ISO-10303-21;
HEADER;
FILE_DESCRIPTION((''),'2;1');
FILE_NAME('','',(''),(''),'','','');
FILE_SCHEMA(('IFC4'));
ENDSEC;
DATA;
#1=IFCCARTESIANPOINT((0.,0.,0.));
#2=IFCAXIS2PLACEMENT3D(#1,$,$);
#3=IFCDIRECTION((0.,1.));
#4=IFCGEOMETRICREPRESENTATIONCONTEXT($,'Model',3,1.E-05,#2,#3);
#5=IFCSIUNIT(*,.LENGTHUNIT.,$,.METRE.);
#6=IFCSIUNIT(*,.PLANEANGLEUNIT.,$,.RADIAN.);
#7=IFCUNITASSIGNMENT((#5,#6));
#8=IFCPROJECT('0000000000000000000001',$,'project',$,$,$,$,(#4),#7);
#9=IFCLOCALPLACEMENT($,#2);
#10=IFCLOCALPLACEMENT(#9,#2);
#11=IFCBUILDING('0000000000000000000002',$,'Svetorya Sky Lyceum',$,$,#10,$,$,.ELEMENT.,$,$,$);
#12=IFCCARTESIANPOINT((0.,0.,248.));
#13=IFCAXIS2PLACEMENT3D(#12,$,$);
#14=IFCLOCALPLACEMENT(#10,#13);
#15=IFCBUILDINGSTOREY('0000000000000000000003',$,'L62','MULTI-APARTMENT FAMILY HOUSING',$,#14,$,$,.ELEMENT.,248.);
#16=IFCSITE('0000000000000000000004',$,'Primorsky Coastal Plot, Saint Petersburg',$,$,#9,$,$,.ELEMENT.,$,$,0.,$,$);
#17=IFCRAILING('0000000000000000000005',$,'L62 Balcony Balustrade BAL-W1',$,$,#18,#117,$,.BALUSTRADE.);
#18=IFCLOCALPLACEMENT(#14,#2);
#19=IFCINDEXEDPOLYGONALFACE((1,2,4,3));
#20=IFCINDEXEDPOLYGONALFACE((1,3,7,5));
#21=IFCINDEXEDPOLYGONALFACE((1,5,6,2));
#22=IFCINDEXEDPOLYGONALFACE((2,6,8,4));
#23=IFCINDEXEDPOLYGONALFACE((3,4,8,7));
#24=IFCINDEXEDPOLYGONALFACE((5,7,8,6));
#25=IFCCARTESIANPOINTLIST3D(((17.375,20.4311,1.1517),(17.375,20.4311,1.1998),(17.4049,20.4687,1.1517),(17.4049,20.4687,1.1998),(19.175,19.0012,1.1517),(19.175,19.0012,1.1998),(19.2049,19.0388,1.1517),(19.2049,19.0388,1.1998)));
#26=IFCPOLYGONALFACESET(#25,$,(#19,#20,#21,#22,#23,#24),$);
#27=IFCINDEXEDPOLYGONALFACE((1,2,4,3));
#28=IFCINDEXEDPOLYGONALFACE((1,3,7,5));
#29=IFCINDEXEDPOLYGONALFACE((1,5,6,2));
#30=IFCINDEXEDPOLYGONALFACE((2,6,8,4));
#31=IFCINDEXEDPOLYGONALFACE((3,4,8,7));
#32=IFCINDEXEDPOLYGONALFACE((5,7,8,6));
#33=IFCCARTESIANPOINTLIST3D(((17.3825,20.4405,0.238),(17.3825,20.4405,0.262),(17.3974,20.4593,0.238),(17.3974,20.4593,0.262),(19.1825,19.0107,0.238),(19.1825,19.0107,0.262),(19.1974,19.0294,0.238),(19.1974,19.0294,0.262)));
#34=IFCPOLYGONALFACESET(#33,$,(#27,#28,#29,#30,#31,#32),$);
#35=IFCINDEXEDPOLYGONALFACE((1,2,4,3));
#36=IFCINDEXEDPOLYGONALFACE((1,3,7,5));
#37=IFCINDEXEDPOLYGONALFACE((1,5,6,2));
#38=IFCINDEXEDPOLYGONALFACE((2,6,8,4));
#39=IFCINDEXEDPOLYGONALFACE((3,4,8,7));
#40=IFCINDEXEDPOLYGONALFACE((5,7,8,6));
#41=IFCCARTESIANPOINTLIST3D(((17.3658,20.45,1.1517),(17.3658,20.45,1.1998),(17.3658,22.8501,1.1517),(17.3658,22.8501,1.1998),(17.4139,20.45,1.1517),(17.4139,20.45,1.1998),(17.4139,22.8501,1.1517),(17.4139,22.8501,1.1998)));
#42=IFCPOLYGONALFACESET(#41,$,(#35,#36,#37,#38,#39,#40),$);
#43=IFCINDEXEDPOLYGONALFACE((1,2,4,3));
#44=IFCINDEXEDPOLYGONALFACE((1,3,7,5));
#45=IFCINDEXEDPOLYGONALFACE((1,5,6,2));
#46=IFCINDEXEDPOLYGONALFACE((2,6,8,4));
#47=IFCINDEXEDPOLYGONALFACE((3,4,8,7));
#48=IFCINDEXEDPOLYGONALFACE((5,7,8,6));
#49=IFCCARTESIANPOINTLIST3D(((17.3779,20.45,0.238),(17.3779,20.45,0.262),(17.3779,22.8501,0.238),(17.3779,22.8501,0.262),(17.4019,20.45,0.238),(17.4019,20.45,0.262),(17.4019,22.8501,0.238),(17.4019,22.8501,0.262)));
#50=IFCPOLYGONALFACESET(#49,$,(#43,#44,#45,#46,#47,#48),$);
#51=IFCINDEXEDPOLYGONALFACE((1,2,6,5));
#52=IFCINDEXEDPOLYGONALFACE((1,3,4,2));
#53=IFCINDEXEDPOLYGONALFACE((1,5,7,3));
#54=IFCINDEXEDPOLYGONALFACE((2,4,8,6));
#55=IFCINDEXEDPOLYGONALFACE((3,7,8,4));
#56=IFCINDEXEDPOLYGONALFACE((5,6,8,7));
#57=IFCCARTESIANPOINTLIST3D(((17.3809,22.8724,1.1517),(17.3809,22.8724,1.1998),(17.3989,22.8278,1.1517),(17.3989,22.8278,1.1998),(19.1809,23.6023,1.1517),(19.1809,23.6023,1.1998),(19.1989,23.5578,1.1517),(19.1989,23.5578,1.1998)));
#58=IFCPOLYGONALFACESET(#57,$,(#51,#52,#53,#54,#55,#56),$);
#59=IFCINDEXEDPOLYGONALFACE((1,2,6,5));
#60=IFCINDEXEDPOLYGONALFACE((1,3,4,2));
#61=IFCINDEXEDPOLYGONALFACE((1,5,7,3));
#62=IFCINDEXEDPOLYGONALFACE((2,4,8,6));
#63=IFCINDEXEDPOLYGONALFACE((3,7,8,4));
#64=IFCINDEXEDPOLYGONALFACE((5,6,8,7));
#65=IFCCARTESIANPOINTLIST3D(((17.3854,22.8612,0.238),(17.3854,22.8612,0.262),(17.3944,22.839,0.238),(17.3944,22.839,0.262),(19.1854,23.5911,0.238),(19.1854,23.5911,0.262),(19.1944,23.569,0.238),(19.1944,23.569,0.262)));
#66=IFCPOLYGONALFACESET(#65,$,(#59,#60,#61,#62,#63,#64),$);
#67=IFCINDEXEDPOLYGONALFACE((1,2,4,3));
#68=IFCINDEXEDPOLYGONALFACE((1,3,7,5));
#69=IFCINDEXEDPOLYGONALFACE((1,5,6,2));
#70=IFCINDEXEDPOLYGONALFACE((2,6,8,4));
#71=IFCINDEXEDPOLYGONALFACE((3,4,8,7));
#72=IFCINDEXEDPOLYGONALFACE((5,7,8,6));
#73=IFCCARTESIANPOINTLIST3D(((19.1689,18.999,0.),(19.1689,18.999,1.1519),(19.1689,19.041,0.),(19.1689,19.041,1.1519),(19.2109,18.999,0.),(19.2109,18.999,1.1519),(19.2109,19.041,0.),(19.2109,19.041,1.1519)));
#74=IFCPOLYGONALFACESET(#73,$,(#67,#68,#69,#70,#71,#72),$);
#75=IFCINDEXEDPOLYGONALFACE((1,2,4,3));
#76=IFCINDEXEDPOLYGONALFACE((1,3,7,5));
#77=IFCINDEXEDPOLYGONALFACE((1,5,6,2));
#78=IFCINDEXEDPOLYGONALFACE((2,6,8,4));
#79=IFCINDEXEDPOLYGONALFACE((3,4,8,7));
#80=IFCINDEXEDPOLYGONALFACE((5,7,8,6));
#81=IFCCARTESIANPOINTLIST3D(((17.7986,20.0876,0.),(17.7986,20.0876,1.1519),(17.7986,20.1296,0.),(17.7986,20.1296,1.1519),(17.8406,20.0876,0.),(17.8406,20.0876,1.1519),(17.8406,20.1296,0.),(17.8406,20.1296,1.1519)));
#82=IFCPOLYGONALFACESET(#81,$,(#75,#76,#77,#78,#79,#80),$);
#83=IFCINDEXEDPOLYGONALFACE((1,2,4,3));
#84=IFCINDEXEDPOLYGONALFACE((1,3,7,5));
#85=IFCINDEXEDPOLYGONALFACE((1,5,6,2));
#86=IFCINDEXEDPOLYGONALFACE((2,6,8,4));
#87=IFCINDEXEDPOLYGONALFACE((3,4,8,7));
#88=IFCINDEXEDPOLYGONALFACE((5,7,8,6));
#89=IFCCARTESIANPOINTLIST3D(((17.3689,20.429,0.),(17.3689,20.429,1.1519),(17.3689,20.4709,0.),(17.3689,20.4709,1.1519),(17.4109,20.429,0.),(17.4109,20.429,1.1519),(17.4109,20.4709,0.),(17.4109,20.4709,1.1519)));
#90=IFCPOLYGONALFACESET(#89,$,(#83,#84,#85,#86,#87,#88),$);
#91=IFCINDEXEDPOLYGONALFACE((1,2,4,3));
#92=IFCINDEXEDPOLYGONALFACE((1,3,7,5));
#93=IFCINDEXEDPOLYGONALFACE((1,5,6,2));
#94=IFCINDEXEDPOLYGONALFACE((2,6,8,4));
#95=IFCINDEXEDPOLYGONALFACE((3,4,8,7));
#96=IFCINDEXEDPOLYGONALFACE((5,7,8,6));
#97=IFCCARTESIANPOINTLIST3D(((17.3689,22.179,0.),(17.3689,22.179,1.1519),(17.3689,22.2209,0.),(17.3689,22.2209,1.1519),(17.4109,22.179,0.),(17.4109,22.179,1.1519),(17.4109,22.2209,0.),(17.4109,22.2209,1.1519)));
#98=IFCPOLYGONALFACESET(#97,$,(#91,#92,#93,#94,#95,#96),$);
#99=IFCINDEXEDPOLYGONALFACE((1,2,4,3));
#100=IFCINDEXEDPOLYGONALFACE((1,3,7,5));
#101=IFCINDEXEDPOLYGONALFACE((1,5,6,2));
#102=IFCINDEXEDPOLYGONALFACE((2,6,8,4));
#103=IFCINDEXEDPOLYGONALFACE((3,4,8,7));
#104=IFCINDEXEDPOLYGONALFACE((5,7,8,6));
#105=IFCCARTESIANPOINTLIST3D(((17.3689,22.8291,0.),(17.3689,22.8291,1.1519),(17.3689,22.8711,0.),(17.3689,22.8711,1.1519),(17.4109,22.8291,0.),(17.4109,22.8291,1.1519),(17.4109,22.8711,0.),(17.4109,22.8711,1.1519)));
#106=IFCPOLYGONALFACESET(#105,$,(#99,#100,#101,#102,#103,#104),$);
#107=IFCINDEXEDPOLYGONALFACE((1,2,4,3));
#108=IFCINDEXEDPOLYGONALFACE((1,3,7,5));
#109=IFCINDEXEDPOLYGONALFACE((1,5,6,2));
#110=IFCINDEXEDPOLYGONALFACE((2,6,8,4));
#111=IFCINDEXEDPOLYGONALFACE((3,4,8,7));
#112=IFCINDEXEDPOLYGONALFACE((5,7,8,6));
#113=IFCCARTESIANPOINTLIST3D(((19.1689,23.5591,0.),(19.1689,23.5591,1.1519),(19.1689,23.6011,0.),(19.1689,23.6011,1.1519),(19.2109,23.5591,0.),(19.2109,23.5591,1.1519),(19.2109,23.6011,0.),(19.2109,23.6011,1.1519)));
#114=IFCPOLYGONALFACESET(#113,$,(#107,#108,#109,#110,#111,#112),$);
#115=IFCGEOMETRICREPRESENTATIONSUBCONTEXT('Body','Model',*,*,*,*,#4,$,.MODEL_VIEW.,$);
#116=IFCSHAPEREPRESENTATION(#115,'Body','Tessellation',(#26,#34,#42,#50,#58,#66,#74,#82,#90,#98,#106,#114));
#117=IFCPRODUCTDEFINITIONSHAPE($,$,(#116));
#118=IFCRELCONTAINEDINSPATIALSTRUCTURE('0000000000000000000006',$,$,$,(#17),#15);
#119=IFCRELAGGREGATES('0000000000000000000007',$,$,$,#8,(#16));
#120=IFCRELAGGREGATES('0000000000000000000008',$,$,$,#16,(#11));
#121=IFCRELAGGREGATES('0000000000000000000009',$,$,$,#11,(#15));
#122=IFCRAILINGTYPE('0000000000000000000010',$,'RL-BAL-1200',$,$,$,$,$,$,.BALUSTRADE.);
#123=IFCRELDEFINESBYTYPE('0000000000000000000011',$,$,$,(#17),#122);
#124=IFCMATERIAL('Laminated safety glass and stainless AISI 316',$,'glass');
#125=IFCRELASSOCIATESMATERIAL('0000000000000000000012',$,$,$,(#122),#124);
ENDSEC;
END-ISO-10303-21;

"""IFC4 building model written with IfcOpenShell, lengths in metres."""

from ifc_helpers import new_model, si_unit, direction, frame, origin, origin_2d, place, context, subcontext, project, spatial, rectangle, extrude, material, type_object, element, save


model = new_model("IFC4")

# Units and contexts
model_context = context("Model", 3, precision=1e-05, world=origin(), true_north=direction((0.0, 1.0)))
body_context = subcontext(model_context, "Body", "Model", "MODEL_VIEW")
ifc_project = project(units=[si_unit("LENGTHUNIT", "METRE"), si_unit("PLANEANGLEUNIT", "RADIAN")], contexts=[model_context])

# Site, building, storey
site_placement = place(None, origin())
site = spatial("IfcSite", under=ifc_project, at=site_placement, Name="Primorsky Coastal Plot, Saint Petersburg", CompositionType="ELEMENT", RefElevation=0.0)
building_placement = place(site_placement, origin())
building = spatial("IfcBuilding", under=site, at=building_placement, Name="Svetorya Sky Lyceum", CompositionType="ELEMENT")
storey_placement = place(building_placement, frame((0.0, 0.0, 248.0)))
storey = spatial("IfcBuildingStorey", under=building, at=storey_placement, Name="L62", Description="MULTI-APARTMENT FAMILY HOUSING", CompositionType="ELEMENT", Elevation=248.0)

# Railing
ifc_material_1 = material(Name="Laminated safety glass and stainless AISI 316", Category="glass")
railing_type = type_object("IfcRailingType", Name="RL-BAL-1200", PredefinedType="BALUSTRADE", material=ifc_material_1)
railing_placement = place(storey_placement, frame((19.1899, 19.02, 0.0)))
element("IfcRailing", 1, at=railing_placement, inside=storey, type_object=railing_type, Name="L62 Balcony Balustrade BAL-W1", PredefinedType="BALUSTRADE", context=body_context, shape_type="SweptSolid", body=[
    extrude(rectangle(XDim=0.0481, YDim=0.0481, at=origin_2d()), frame((0.0, 0.0, 1.1758), z_axis=(-0.783009, 0.62201, 0.0), x_axis=(-0.62201, -0.783009, 0.0)), (0.0, 0.0, 1.0), 2.2988),
    extrude(rectangle(XDim=0.0239, YDim=0.0239, at=origin_2d()), frame((0.0, 0.0, 0.25), z_axis=(-0.783009, 0.62201, 0.0), x_axis=(-0.62201, -0.783009, 0.0)), (0.0, 0.0, 1.0), 2.2988),
    extrude(rectangle(XDim=0.0481, YDim=0.0481, at=origin_2d()), frame((-1.8, 1.4299, 1.1758), z_axis=(0.0, 1.0, 0.0), x_axis=(-1.0, 0.0, 0.0)), (0.0, 0.0, 1.0), 2.4001),
    extrude(rectangle(XDim=0.0239, YDim=0.0239, at=origin_2d()), frame((-1.8, 1.4299, 0.25), z_axis=(0.0, 1.0, 0.0), x_axis=(-1.0, 0.0, 0.0)), (0.0, 0.0, 1.0), 2.4001),
    extrude(rectangle(XDim=0.0481, YDim=0.0481, at=origin_2d()), frame((-1.8, 3.8301, 1.1758), z_axis=(0.926698, 0.375807, 0.0), x_axis=(-0.375807, 0.926698, 0.0)), (0.0, 0.0, 1.0), 1.9424),
    extrude(rectangle(XDim=0.0239, YDim=0.0239, at=origin_2d()), frame((-1.8, 3.8301, 0.25), z_axis=(0.926698, 0.375807, 0.0), x_axis=(-0.375807, 0.926698, 0.0)), (0.0, 0.0, 1.0), 1.9424),
    extrude(rectangle(XDim=0.042, YDim=0.042, at=origin_2d()), origin(), (0.0, 0.0, 1.0), 1.1519),
    extrude(rectangle(XDim=0.042, YDim=0.042, at=origin_2d()), frame((-1.3704, 1.0886, 0.0)), (0.0, 0.0, 1.0), 1.1519),
    extrude(rectangle(XDim=0.042, YDim=0.042, at=origin_2d()), frame((-1.8, 1.4299, 0.0)), (0.0, 0.0, 1.0), 1.1519),
    extrude(rectangle(XDim=0.042, YDim=0.042, at=origin_2d()), frame((-1.8, 3.1799, 0.0)), (0.0, 0.0, 1.0), 1.1519),
    extrude(rectangle(XDim=0.042, YDim=0.042, at=origin_2d()), frame((-1.8, 3.8301, 0.0)), (0.0, 0.0, 1.0), 1.1519),
    extrude(rectangle(XDim=0.042, YDim=0.042, at=origin_2d()), frame((0.0, 4.5601, 0.0)), (0.0, 0.0, 1.0), 1.1519),
])

save(model, "model.ifc")
